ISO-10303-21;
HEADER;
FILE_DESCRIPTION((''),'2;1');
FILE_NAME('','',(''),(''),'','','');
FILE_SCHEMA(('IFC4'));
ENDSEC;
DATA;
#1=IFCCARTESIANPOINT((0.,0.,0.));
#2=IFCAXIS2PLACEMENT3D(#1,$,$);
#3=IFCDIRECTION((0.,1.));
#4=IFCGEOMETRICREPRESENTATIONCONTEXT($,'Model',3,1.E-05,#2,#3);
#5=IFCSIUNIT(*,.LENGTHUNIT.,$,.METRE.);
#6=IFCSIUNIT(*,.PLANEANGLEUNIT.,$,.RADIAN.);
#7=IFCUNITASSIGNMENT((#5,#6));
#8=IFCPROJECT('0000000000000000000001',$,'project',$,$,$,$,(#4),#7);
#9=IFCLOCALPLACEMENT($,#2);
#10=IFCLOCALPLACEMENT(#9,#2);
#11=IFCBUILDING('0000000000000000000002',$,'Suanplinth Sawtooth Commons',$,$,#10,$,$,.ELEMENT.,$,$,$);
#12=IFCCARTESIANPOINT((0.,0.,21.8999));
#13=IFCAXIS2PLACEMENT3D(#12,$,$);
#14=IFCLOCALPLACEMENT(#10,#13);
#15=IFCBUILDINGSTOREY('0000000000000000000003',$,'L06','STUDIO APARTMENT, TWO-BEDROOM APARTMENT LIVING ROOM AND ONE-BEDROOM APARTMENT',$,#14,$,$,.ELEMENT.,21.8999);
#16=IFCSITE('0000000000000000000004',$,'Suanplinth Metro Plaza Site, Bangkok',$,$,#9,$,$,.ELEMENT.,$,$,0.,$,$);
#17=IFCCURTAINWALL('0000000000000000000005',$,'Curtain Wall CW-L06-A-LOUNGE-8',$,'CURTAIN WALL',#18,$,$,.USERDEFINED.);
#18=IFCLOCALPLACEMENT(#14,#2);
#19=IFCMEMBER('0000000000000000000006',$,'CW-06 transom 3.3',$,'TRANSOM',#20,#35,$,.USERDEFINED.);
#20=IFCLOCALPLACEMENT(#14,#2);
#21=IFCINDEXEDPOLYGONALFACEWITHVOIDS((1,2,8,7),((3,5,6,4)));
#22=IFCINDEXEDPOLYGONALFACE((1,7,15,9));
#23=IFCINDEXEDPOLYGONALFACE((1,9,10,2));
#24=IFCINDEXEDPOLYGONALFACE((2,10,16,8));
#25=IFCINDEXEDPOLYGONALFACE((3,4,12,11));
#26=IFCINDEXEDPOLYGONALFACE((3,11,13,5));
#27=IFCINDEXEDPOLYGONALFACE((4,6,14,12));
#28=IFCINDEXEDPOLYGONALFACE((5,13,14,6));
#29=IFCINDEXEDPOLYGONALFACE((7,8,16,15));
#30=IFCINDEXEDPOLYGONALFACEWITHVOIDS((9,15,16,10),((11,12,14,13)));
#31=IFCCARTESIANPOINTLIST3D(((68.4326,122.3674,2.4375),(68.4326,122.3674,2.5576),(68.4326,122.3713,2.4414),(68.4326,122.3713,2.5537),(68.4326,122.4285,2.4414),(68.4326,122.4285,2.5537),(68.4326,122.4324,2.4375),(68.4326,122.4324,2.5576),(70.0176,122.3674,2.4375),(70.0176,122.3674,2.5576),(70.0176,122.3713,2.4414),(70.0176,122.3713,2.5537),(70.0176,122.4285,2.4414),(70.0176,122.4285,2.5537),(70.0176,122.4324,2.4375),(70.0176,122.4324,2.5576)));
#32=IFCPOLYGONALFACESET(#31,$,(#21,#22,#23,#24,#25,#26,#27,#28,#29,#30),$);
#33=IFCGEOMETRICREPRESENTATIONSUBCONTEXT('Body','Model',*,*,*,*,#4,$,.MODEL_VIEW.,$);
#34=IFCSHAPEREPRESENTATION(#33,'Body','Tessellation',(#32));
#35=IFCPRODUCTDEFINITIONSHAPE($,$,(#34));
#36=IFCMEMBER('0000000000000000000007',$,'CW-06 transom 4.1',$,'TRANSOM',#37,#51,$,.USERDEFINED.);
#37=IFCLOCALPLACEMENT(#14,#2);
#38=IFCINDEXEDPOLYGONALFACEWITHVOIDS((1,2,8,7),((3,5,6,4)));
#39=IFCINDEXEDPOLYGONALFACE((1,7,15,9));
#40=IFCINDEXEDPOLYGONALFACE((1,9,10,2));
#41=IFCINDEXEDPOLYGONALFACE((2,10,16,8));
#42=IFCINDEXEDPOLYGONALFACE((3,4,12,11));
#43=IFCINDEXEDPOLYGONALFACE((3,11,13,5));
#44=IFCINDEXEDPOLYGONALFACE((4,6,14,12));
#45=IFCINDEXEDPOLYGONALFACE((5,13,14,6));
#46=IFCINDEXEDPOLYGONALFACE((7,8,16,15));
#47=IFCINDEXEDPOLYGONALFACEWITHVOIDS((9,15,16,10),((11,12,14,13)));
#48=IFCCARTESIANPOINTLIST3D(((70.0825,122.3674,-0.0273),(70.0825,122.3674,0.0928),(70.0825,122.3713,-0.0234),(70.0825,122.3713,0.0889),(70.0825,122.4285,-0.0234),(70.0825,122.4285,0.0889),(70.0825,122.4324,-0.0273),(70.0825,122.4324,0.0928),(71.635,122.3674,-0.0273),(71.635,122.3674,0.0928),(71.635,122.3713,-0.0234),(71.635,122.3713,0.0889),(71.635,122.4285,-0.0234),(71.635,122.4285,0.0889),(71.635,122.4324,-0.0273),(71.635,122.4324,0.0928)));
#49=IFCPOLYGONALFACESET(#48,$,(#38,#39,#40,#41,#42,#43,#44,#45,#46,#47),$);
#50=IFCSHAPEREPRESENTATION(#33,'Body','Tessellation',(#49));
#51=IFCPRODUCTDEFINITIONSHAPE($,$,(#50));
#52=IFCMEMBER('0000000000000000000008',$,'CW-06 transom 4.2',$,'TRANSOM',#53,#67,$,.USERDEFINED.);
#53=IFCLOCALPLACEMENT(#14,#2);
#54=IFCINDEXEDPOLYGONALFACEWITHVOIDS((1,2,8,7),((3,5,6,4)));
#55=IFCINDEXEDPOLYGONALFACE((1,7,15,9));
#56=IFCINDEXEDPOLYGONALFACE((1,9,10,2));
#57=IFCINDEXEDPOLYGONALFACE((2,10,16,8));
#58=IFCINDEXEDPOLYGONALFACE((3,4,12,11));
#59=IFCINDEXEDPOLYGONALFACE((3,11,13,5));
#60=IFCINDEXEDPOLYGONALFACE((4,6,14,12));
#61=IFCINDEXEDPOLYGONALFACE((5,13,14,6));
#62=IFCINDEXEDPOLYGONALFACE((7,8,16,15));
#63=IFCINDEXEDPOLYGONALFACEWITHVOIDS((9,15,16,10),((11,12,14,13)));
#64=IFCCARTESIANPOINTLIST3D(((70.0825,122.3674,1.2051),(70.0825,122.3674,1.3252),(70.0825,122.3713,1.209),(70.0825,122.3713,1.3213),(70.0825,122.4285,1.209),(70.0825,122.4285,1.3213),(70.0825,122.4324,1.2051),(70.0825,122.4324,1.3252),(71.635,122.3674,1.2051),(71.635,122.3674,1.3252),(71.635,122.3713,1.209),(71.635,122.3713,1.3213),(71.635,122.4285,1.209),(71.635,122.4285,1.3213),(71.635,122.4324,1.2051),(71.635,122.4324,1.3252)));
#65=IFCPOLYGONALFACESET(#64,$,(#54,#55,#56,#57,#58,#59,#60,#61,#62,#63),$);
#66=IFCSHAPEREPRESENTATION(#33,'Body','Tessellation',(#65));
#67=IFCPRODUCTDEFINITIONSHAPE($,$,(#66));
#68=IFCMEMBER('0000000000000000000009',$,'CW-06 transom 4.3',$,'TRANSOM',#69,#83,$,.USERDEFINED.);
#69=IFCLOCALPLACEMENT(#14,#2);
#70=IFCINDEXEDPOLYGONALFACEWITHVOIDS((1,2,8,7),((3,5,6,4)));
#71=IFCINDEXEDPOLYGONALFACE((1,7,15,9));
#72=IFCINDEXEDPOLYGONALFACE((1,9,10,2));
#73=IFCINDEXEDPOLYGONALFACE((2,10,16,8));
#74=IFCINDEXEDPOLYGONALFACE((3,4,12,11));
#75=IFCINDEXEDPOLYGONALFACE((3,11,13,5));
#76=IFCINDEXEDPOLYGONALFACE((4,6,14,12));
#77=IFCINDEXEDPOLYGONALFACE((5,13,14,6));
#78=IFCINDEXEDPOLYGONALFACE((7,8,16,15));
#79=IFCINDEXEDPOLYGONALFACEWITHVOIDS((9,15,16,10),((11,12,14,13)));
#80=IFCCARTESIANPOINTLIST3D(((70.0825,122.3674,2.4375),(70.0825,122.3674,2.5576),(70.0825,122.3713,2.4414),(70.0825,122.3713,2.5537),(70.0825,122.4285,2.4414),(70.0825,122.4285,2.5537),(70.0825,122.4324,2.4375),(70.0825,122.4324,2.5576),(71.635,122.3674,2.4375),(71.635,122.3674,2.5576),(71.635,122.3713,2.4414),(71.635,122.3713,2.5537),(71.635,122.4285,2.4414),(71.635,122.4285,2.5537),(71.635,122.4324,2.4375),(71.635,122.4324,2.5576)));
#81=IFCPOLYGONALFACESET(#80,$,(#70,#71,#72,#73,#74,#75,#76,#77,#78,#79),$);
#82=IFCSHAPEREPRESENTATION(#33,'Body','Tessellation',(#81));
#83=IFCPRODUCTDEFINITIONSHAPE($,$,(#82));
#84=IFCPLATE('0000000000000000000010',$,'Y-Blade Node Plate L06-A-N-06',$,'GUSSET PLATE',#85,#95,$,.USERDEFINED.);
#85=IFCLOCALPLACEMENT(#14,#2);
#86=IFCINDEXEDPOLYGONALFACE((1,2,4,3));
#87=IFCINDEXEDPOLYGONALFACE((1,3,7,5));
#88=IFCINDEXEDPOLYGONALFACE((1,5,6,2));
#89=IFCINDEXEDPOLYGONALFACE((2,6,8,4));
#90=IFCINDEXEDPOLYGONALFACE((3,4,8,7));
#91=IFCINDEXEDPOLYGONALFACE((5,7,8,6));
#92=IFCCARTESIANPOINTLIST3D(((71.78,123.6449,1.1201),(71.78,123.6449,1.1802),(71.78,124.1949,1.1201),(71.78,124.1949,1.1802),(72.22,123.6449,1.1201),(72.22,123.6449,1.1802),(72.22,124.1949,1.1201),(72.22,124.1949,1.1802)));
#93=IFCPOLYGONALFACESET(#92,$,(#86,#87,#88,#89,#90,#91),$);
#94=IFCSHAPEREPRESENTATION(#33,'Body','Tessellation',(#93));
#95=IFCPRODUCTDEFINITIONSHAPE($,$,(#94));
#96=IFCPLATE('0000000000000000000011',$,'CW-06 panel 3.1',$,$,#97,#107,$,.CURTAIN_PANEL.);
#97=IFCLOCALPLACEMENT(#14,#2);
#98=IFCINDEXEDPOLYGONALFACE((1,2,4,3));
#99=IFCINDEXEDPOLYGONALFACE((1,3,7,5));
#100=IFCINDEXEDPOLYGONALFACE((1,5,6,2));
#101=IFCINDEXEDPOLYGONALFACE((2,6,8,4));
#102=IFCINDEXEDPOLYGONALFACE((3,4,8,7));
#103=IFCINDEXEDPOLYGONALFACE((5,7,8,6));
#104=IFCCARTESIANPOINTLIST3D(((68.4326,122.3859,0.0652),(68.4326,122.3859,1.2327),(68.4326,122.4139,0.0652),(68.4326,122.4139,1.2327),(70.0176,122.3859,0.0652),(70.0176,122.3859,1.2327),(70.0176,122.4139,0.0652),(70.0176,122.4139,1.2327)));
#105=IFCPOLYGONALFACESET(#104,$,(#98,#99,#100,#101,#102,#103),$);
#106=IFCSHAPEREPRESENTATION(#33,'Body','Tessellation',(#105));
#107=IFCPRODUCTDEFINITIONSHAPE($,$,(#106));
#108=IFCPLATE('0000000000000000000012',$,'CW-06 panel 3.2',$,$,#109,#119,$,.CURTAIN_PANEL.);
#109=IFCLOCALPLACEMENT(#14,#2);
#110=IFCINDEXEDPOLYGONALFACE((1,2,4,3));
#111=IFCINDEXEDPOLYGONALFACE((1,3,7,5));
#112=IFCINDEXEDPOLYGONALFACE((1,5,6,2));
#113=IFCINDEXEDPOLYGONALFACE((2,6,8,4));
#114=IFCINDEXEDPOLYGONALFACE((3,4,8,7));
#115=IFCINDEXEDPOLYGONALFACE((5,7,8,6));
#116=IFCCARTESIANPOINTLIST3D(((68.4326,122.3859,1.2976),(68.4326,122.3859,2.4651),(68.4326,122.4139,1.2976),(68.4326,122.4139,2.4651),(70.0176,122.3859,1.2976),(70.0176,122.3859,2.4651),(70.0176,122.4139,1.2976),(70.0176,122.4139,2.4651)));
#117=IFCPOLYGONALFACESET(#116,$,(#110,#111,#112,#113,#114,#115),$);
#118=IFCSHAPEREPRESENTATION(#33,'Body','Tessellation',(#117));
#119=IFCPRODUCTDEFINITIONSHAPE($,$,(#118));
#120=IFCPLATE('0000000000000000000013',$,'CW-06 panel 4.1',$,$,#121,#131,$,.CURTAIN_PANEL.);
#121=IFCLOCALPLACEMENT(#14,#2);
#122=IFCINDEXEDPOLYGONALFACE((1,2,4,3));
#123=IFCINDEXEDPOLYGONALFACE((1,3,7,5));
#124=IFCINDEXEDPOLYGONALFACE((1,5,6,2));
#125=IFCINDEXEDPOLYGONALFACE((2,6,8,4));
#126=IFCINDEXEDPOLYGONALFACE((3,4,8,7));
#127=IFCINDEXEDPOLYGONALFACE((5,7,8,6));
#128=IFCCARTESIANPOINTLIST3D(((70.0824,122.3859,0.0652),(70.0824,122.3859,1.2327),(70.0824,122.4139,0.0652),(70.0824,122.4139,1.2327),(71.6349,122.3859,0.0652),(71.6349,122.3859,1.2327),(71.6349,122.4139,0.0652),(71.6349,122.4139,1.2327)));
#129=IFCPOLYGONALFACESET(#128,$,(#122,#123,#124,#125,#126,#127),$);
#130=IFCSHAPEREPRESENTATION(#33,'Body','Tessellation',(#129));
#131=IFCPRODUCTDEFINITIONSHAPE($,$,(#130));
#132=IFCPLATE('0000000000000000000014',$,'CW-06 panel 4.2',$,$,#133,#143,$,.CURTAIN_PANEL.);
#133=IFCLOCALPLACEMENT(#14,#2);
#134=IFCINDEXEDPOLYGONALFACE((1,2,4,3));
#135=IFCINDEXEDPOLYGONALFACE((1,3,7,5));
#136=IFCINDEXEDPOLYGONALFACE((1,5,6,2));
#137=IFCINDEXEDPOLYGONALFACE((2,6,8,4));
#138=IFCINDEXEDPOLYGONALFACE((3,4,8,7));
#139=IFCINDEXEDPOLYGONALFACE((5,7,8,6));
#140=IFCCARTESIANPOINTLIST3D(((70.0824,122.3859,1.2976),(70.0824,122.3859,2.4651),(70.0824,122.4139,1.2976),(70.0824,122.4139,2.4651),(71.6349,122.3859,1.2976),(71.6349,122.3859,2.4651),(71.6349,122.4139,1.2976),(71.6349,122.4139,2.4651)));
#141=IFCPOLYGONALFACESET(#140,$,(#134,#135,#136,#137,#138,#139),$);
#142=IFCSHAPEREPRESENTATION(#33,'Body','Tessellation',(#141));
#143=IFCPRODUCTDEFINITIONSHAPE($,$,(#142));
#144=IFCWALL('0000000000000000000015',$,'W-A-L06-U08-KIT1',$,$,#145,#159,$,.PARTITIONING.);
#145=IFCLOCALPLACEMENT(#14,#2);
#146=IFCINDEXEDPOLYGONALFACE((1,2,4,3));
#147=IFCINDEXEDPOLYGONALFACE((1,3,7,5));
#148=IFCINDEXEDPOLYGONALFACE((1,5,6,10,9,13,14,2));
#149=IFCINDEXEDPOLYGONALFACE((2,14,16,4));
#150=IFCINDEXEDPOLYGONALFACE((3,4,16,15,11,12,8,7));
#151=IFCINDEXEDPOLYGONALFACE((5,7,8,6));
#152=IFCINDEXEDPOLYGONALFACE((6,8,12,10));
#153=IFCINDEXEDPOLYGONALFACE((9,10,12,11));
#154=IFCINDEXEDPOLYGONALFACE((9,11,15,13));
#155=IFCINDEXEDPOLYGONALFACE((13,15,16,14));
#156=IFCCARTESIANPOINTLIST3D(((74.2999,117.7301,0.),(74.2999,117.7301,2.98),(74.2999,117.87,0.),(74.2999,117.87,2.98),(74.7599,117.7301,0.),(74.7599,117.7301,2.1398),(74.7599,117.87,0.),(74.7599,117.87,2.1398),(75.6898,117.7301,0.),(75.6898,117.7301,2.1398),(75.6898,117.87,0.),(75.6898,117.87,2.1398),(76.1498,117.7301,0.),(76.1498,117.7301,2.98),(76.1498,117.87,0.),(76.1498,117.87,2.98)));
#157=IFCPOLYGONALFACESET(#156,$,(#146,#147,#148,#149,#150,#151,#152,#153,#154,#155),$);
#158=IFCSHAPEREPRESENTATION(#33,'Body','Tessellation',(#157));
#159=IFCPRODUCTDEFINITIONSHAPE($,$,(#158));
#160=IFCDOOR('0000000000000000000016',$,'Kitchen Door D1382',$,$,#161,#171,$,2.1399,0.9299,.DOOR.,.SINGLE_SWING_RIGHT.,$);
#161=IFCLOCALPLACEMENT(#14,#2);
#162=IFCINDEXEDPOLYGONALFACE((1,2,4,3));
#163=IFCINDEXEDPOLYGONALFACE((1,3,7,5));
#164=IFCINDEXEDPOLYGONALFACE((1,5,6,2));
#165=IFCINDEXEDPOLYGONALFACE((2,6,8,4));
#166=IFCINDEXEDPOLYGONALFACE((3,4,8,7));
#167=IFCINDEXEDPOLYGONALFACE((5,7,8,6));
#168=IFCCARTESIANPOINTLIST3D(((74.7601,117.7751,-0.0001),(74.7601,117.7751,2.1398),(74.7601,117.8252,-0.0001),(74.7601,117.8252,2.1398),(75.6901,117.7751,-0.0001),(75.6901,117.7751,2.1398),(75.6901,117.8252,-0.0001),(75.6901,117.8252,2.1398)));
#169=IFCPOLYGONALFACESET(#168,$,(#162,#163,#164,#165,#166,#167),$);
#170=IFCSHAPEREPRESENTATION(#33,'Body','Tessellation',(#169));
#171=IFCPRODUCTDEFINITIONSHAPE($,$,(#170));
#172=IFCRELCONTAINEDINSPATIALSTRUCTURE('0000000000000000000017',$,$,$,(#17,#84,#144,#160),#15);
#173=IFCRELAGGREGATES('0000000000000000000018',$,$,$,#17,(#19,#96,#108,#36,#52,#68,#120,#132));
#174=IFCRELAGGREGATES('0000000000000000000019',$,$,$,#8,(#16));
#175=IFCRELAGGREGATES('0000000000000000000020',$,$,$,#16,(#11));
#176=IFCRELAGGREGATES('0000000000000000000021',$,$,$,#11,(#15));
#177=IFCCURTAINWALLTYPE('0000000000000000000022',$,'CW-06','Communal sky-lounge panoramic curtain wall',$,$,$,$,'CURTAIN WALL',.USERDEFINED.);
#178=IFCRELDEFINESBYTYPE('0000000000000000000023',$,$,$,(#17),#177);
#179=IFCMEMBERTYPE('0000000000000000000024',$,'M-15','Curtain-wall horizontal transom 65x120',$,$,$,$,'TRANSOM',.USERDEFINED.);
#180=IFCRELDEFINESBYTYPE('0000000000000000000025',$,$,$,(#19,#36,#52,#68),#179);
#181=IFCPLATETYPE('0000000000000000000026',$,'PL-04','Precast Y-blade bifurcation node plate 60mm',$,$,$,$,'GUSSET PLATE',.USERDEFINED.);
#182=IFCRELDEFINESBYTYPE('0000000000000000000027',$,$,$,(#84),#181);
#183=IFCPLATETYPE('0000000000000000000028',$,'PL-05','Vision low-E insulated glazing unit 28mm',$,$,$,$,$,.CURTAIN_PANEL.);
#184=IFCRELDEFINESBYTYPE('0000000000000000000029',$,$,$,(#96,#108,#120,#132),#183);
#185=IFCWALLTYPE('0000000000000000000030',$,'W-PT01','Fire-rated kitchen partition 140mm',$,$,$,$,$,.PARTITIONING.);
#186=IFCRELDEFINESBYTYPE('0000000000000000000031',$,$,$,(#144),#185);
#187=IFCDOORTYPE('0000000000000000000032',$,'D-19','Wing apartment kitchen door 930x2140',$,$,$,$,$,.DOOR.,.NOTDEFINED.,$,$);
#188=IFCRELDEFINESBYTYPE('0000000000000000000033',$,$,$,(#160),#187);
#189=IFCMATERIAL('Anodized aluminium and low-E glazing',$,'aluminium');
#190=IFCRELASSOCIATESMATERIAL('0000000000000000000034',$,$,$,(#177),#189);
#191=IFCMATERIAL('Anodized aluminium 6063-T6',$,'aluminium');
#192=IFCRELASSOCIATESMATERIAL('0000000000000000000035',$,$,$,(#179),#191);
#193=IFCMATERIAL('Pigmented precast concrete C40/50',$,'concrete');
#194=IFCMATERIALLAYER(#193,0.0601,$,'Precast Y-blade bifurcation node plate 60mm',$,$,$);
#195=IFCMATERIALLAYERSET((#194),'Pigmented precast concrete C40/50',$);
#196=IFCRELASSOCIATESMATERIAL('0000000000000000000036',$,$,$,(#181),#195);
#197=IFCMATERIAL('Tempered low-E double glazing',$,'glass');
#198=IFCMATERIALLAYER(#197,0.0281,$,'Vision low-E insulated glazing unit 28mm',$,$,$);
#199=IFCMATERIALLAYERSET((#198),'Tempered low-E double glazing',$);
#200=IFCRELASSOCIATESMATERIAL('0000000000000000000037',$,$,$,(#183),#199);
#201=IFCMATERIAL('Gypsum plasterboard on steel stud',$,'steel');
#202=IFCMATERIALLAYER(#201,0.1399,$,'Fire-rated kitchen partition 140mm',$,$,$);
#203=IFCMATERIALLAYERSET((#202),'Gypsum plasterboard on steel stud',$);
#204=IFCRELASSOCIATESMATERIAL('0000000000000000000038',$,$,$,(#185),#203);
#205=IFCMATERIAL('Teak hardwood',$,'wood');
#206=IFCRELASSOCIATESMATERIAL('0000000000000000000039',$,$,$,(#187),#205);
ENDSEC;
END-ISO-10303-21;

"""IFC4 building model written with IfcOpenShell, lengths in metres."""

from ifc_helpers import new_model, si_unit, direction, frame, frame_2d, origin, origin_2d, place, context, subcontext, project, spatial, rectangle, hollow_rectangle, extrude, material, layer, layer_set, material_profile, profile_set, type_object, element, fill, aggregate, save


model = new_model("IFC4")

# Units and contexts
model_context = context("Model", 3, precision=1e-05, world=origin(), true_north=direction((0.0, 1.0)))
body_context = subcontext(model_context, "Body", "Model", "MODEL_VIEW")
ifc_project = project(units=[si_unit("LENGTHUNIT", "METRE"), si_unit("PLANEANGLEUNIT", "RADIAN")], contexts=[model_context])

# Site, building, storey
site_placement = place(None, origin())
site = spatial("IfcSite", under=ifc_project, at=site_placement, Name="Suanplinth Metro Plaza Site, Bangkok", CompositionType="ELEMENT", RefElevation=0.0)
building_placement = place(site_placement, origin())
building = spatial("IfcBuilding", under=site, at=building_placement, Name="Suanplinth Sawtooth Commons", CompositionType="ELEMENT")
storey_placement = place(building_placement, frame((0.0, 0.0, 21.8999)))
storey = spatial("IfcBuildingStorey", under=building, at=storey_placement, Name="L06", Description="STUDIO APARTMENT, TWO-BEDROOM APARTMENT LIVING ROOM AND ONE-BEDROOM APARTMENT", CompositionType="ELEMENT", Elevation=21.8999)

# Shared definitions
ifc_material_1 = material(Name="Pigmented precast concrete C40/50", Category="concrete")

# Curtain wall, members
ifc_material_2 = material(Name="Anodized aluminium and low-E glazing", Category="aluminium")
curtain_wall_type = type_object("IfcCurtainWallType", Name="CW-06", Description="Communal sky-lounge panoramic curtain wall", ElementType="CURTAIN WALL", PredefinedType="USERDEFINED", material=ifc_material_2)
curtain_wall_placement = place(storey_placement, origin())
curtain_wall = element("IfcCurtainWall", 1, at=curtain_wall_placement, inside=storey, type_object=curtain_wall_type, Name="Curtain Wall CW-L06-A-LOUNGE-8", ObjectType="CURTAIN WALL", PredefinedType="USERDEFINED")
ifc_material_3 = material(Name="Anodized aluminium 6063-T6", Category="aluminium")
ifc_material_profile_1 = material_profile(ifc_material_3, hollow_rectangle(XDim=0.0649, YDim=0.1201, WallThickness=0.0039, at=origin_2d()), Name="ALU-TRN 65x120")
ifc_profile_set_1 = profile_set([ifc_material_profile_1], Name="Anodized aluminium 6063-T6")
member_type_1 = type_object("IfcMemberType", Name="M-15", Description="Curtain-wall horizontal transom 65x120", ElementType="TRANSOM", PredefinedType="USERDEFINED", material=ifc_profile_set_1)
member_1_placement = place(storey_placement, frame((68.4326, 122.3999, 2.4976), z_axis=(1.0, 0.0, 0.0), x_axis=(0.0, 1.0, 0.0)))
member_1 = element("IfcMember", 2, at=member_1_placement, type_object=member_type_1, Name="CW-06 transom 3.3", ObjectType="TRANSOM", PredefinedType="USERDEFINED", context=body_context, shape_type="SweptSolid", body=[
    extrude(hollow_rectangle(XDim=0.0649, YDim=0.1201, WallThickness=0.0039, at=origin_2d()), origin(), (0.0, 0.0, 1.0), 1.585),
])
member_2_placement = place(storey_placement, frame((70.0825, 122.3999, 0.0327), z_axis=(1.0, 0.0, 0.0), x_axis=(0.0, 1.0, 0.0)))
member_2 = element("IfcMember", 3, at=member_2_placement, type_object=member_type_1, Name="CW-06 transom 4.1", ObjectType="TRANSOM", PredefinedType="USERDEFINED", context=body_context, shape_type="SweptSolid", body=[
    extrude(hollow_rectangle(XDim=0.0649, YDim=0.1201, WallThickness=0.0039, at=origin_2d()), origin(), (0.0, 0.0, 1.0), 1.5525),
])
member_3_placement = place(storey_placement, frame((70.0825, 122.3999, 1.2651), z_axis=(1.0, 0.0, 0.0), x_axis=(0.0, 1.0, 0.0)))
member_3 = element("IfcMember", 4, at=member_3_placement, type_object=member_type_1, Name="CW-06 transom 4.2", ObjectType="TRANSOM", PredefinedType="USERDEFINED", context=body_context, shape_type="SweptSolid", body=[
    extrude(hollow_rectangle(XDim=0.0649, YDim=0.1201, WallThickness=0.0039, at=origin_2d()), origin(), (0.0, 0.0, 1.0), 1.5525),
])
member_4_placement = place(storey_placement, frame((70.0825, 122.3999, 2.4976), z_axis=(1.0, 0.0, 0.0), x_axis=(0.0, 1.0, 0.0)))
member_4 = element("IfcMember", 5, at=member_4_placement, type_object=member_type_1, Name="CW-06 transom 4.3", ObjectType="TRANSOM", PredefinedType="USERDEFINED", context=body_context, shape_type="SweptSolid", body=[
    extrude(hollow_rectangle(XDim=0.0649, YDim=0.1201, WallThickness=0.0039, at=origin_2d()), origin(), (0.0, 0.0, 1.0), 1.5525),
])

# Plates
ifc_layer_1 = layer(ifc_material_1, 0.0601, Name="Precast Y-blade bifurcation node plate 60mm")
ifc_layer_set_1 = layer_set([ifc_layer_1], Name="Pigmented precast concrete C40/50")
plate_type_1 = type_object("IfcPlateType", Name="PL-04", Description="Precast Y-blade bifurcation node plate 60mm", ElementType="GUSSET PLATE", PredefinedType="USERDEFINED", material=ifc_layer_set_1)
plate_1_placement = place(storey_placement, frame((72.0, 123.9199, 1.1201), z_axis=(0.0, 0.0, 1.0), x_axis=(1.0, 0.0, 0.0)))
element("IfcPlate", 6, at=plate_1_placement, inside=storey, type_object=plate_type_1, Name="Y-Blade Node Plate L06-A-N-06", ObjectType="GUSSET PLATE", PredefinedType="USERDEFINED", context=body_context, shape_type="SweptSolid", body=[
    extrude(rectangle(XDim=0.4399, YDim=0.55, at=origin_2d()), origin(), (0.0, 0.0, 1.0), 0.0601),
])
ifc_material_4 = material(Name="Tempered low-E double glazing", Category="glass")
ifc_layer_2 = layer(ifc_material_4, 0.0281, Name="Vision low-E insulated glazing unit 28mm")
ifc_layer_set_2 = layer_set([ifc_layer_2], Name="Tempered low-E double glazing")
plate_type_2 = type_object("IfcPlateType", Name="PL-05", Description="Vision low-E insulated glazing unit 28mm", PredefinedType="CURTAIN_PANEL", material=ifc_layer_set_2)
plate_2_placement = place(storey_placement, frame((69.2251, 122.3999, 0.0652), z_axis=(0.0, 0.0, 1.0), x_axis=(1.0, 0.0, 0.0)))
plate_2 = element("IfcPlate", 7, at=plate_2_placement, type_object=plate_type_2, Name="CW-06 panel 3.1", PredefinedType="CURTAIN_PANEL", context=body_context, shape_type="SweptSolid", body=[
    extrude(rectangle(XDim=1.585, YDim=0.0281, at=origin_2d()), origin(), (0.0, 0.0, 1.0), 1.1675),
])
plate_3_placement = place(storey_placement, frame((69.2251, 122.3999, 1.2976), z_axis=(0.0, 0.0, 1.0), x_axis=(1.0, 0.0, 0.0)))
plate_3 = element("IfcPlate", 8, at=plate_3_placement, type_object=plate_type_2, Name="CW-06 panel 3.2", PredefinedType="CURTAIN_PANEL", context=body_context, shape_type="SweptSolid", body=[
    extrude(rectangle(XDim=1.585, YDim=0.0281, at=origin_2d()), origin(), (0.0, 0.0, 1.0), 1.1675),
])
plate_4_placement = place(storey_placement, frame((70.8586, 122.3999, 0.0652), z_axis=(0.0, 0.0, 1.0), x_axis=(1.0, 0.0, 0.0)))
plate_4 = element("IfcPlate", 9, at=plate_4_placement, type_object=plate_type_2, Name="CW-06 panel 4.1", PredefinedType="CURTAIN_PANEL", context=body_context, shape_type="SweptSolid", body=[
    extrude(rectangle(XDim=1.5525, YDim=0.0281, at=origin_2d()), origin(), (0.0, 0.0, 1.0), 1.1675),
])
plate_5_placement = place(storey_placement, frame((70.8586, 122.3999, 1.2976), z_axis=(0.0, 0.0, 1.0), x_axis=(1.0, 0.0, 0.0)))
plate_5 = element("IfcPlate", 10, at=plate_5_placement, type_object=plate_type_2, Name="CW-06 panel 4.2", PredefinedType="CURTAIN_PANEL", context=body_context, shape_type="SweptSolid", body=[
    extrude(rectangle(XDim=1.5525, YDim=0.0281, at=origin_2d()), origin(), (0.0, 0.0, 1.0), 1.1675),
])
aggregate(curtain_wall, [member_1, plate_2, plate_3, member_2, member_3, member_4, plate_4, plate_5])

# Wall, opening, door
ifc_material_5 = material(Name="Gypsum plasterboard on steel stud", Category="steel")
ifc_layer_3 = layer(ifc_material_5, 0.1399, Name="Fire-rated kitchen partition 140mm")
ifc_layer_set_3 = layer_set([ifc_layer_3], Name="Gypsum plasterboard on steel stud")
wall_type_1 = type_object("IfcWallType", Name="W-PT01", Description="Fire-rated kitchen partition 140mm", PredefinedType="PARTITIONING", material=ifc_layer_set_3)
wall_1_placement = place(storey_placement, frame((74.3, 117.8, 0.0), z_axis=(0.0, 0.0, 1.0), x_axis=(1.0, 0.0, 0.0)))
wall_1 = element("IfcWall", 11, at=wall_1_placement, inside=storey, type_object=wall_type_1, Name="W-A-L06-U08-KIT1", PredefinedType="PARTITIONING", context=body_context, shape_type="SweptSolid", body=[
    extrude(rectangle(XDim=1.8499, YDim=0.1399, at=frame_2d((0.9248, 0.0))), origin(), (0.0, 0.0, 1.0), 2.98),
])
opening_1_placement = place(wall_1_placement, frame((0.46, 0.0, 0.0)))
opening_1 = element("IfcOpeningElement", 12, at=opening_1_placement, cuts=wall_1, PredefinedType="OPENING", context=body_context, shape_type="SweptSolid", body=[
    extrude(rectangle(XDim=0.9299, YDim=2.1399, at=frame_2d((0.4648, 1.0698))), frame((0.0, 0.085, 0.0), z_axis=(0.0, -1.0, 0.0), x_axis=(1.0, 0.0, 0.0)), (0.0, 0.0, 1.0), 0.1697),
])
ifc_material_6 = material(Name="Teak hardwood", Category="wood")
door_type_1 = type_object("IfcDoorType", Name="D-19", Description="Wing apartment kitchen door 930x2140", OperationType="NOTDEFINED", PredefinedType="DOOR", material=ifc_material_6)
door_1_placement = place(opening_1_placement, frame((0.9299, 0.0, 0.0), z_axis=(0.0, 0.0, 1.0), x_axis=(-1.0, 0.0, 0.0)))
door_1 = element("IfcDoor", 13, at=door_1_placement, inside=storey, type_object=door_type_1, Name="Kitchen Door D1382", OperationType="SINGLE_SWING_RIGHT", OverallHeight=2.1399, OverallWidth=0.9299, PredefinedType="DOOR", context=body_context, shape_type="SweptSolid", body=[
    extrude(rectangle(XDim=0.9299, YDim=2.1399, at=frame_2d((0.4648, 1.0698))), frame((0.0, 0.0249, 0.0), z_axis=(0.0, -1.0, 0.0), x_axis=(1.0, 0.0, 0.0)), (0.0, 0.0, 1.0), 0.05),
])
fill(opening_1, door_1)

save(model, "model.ifc")
